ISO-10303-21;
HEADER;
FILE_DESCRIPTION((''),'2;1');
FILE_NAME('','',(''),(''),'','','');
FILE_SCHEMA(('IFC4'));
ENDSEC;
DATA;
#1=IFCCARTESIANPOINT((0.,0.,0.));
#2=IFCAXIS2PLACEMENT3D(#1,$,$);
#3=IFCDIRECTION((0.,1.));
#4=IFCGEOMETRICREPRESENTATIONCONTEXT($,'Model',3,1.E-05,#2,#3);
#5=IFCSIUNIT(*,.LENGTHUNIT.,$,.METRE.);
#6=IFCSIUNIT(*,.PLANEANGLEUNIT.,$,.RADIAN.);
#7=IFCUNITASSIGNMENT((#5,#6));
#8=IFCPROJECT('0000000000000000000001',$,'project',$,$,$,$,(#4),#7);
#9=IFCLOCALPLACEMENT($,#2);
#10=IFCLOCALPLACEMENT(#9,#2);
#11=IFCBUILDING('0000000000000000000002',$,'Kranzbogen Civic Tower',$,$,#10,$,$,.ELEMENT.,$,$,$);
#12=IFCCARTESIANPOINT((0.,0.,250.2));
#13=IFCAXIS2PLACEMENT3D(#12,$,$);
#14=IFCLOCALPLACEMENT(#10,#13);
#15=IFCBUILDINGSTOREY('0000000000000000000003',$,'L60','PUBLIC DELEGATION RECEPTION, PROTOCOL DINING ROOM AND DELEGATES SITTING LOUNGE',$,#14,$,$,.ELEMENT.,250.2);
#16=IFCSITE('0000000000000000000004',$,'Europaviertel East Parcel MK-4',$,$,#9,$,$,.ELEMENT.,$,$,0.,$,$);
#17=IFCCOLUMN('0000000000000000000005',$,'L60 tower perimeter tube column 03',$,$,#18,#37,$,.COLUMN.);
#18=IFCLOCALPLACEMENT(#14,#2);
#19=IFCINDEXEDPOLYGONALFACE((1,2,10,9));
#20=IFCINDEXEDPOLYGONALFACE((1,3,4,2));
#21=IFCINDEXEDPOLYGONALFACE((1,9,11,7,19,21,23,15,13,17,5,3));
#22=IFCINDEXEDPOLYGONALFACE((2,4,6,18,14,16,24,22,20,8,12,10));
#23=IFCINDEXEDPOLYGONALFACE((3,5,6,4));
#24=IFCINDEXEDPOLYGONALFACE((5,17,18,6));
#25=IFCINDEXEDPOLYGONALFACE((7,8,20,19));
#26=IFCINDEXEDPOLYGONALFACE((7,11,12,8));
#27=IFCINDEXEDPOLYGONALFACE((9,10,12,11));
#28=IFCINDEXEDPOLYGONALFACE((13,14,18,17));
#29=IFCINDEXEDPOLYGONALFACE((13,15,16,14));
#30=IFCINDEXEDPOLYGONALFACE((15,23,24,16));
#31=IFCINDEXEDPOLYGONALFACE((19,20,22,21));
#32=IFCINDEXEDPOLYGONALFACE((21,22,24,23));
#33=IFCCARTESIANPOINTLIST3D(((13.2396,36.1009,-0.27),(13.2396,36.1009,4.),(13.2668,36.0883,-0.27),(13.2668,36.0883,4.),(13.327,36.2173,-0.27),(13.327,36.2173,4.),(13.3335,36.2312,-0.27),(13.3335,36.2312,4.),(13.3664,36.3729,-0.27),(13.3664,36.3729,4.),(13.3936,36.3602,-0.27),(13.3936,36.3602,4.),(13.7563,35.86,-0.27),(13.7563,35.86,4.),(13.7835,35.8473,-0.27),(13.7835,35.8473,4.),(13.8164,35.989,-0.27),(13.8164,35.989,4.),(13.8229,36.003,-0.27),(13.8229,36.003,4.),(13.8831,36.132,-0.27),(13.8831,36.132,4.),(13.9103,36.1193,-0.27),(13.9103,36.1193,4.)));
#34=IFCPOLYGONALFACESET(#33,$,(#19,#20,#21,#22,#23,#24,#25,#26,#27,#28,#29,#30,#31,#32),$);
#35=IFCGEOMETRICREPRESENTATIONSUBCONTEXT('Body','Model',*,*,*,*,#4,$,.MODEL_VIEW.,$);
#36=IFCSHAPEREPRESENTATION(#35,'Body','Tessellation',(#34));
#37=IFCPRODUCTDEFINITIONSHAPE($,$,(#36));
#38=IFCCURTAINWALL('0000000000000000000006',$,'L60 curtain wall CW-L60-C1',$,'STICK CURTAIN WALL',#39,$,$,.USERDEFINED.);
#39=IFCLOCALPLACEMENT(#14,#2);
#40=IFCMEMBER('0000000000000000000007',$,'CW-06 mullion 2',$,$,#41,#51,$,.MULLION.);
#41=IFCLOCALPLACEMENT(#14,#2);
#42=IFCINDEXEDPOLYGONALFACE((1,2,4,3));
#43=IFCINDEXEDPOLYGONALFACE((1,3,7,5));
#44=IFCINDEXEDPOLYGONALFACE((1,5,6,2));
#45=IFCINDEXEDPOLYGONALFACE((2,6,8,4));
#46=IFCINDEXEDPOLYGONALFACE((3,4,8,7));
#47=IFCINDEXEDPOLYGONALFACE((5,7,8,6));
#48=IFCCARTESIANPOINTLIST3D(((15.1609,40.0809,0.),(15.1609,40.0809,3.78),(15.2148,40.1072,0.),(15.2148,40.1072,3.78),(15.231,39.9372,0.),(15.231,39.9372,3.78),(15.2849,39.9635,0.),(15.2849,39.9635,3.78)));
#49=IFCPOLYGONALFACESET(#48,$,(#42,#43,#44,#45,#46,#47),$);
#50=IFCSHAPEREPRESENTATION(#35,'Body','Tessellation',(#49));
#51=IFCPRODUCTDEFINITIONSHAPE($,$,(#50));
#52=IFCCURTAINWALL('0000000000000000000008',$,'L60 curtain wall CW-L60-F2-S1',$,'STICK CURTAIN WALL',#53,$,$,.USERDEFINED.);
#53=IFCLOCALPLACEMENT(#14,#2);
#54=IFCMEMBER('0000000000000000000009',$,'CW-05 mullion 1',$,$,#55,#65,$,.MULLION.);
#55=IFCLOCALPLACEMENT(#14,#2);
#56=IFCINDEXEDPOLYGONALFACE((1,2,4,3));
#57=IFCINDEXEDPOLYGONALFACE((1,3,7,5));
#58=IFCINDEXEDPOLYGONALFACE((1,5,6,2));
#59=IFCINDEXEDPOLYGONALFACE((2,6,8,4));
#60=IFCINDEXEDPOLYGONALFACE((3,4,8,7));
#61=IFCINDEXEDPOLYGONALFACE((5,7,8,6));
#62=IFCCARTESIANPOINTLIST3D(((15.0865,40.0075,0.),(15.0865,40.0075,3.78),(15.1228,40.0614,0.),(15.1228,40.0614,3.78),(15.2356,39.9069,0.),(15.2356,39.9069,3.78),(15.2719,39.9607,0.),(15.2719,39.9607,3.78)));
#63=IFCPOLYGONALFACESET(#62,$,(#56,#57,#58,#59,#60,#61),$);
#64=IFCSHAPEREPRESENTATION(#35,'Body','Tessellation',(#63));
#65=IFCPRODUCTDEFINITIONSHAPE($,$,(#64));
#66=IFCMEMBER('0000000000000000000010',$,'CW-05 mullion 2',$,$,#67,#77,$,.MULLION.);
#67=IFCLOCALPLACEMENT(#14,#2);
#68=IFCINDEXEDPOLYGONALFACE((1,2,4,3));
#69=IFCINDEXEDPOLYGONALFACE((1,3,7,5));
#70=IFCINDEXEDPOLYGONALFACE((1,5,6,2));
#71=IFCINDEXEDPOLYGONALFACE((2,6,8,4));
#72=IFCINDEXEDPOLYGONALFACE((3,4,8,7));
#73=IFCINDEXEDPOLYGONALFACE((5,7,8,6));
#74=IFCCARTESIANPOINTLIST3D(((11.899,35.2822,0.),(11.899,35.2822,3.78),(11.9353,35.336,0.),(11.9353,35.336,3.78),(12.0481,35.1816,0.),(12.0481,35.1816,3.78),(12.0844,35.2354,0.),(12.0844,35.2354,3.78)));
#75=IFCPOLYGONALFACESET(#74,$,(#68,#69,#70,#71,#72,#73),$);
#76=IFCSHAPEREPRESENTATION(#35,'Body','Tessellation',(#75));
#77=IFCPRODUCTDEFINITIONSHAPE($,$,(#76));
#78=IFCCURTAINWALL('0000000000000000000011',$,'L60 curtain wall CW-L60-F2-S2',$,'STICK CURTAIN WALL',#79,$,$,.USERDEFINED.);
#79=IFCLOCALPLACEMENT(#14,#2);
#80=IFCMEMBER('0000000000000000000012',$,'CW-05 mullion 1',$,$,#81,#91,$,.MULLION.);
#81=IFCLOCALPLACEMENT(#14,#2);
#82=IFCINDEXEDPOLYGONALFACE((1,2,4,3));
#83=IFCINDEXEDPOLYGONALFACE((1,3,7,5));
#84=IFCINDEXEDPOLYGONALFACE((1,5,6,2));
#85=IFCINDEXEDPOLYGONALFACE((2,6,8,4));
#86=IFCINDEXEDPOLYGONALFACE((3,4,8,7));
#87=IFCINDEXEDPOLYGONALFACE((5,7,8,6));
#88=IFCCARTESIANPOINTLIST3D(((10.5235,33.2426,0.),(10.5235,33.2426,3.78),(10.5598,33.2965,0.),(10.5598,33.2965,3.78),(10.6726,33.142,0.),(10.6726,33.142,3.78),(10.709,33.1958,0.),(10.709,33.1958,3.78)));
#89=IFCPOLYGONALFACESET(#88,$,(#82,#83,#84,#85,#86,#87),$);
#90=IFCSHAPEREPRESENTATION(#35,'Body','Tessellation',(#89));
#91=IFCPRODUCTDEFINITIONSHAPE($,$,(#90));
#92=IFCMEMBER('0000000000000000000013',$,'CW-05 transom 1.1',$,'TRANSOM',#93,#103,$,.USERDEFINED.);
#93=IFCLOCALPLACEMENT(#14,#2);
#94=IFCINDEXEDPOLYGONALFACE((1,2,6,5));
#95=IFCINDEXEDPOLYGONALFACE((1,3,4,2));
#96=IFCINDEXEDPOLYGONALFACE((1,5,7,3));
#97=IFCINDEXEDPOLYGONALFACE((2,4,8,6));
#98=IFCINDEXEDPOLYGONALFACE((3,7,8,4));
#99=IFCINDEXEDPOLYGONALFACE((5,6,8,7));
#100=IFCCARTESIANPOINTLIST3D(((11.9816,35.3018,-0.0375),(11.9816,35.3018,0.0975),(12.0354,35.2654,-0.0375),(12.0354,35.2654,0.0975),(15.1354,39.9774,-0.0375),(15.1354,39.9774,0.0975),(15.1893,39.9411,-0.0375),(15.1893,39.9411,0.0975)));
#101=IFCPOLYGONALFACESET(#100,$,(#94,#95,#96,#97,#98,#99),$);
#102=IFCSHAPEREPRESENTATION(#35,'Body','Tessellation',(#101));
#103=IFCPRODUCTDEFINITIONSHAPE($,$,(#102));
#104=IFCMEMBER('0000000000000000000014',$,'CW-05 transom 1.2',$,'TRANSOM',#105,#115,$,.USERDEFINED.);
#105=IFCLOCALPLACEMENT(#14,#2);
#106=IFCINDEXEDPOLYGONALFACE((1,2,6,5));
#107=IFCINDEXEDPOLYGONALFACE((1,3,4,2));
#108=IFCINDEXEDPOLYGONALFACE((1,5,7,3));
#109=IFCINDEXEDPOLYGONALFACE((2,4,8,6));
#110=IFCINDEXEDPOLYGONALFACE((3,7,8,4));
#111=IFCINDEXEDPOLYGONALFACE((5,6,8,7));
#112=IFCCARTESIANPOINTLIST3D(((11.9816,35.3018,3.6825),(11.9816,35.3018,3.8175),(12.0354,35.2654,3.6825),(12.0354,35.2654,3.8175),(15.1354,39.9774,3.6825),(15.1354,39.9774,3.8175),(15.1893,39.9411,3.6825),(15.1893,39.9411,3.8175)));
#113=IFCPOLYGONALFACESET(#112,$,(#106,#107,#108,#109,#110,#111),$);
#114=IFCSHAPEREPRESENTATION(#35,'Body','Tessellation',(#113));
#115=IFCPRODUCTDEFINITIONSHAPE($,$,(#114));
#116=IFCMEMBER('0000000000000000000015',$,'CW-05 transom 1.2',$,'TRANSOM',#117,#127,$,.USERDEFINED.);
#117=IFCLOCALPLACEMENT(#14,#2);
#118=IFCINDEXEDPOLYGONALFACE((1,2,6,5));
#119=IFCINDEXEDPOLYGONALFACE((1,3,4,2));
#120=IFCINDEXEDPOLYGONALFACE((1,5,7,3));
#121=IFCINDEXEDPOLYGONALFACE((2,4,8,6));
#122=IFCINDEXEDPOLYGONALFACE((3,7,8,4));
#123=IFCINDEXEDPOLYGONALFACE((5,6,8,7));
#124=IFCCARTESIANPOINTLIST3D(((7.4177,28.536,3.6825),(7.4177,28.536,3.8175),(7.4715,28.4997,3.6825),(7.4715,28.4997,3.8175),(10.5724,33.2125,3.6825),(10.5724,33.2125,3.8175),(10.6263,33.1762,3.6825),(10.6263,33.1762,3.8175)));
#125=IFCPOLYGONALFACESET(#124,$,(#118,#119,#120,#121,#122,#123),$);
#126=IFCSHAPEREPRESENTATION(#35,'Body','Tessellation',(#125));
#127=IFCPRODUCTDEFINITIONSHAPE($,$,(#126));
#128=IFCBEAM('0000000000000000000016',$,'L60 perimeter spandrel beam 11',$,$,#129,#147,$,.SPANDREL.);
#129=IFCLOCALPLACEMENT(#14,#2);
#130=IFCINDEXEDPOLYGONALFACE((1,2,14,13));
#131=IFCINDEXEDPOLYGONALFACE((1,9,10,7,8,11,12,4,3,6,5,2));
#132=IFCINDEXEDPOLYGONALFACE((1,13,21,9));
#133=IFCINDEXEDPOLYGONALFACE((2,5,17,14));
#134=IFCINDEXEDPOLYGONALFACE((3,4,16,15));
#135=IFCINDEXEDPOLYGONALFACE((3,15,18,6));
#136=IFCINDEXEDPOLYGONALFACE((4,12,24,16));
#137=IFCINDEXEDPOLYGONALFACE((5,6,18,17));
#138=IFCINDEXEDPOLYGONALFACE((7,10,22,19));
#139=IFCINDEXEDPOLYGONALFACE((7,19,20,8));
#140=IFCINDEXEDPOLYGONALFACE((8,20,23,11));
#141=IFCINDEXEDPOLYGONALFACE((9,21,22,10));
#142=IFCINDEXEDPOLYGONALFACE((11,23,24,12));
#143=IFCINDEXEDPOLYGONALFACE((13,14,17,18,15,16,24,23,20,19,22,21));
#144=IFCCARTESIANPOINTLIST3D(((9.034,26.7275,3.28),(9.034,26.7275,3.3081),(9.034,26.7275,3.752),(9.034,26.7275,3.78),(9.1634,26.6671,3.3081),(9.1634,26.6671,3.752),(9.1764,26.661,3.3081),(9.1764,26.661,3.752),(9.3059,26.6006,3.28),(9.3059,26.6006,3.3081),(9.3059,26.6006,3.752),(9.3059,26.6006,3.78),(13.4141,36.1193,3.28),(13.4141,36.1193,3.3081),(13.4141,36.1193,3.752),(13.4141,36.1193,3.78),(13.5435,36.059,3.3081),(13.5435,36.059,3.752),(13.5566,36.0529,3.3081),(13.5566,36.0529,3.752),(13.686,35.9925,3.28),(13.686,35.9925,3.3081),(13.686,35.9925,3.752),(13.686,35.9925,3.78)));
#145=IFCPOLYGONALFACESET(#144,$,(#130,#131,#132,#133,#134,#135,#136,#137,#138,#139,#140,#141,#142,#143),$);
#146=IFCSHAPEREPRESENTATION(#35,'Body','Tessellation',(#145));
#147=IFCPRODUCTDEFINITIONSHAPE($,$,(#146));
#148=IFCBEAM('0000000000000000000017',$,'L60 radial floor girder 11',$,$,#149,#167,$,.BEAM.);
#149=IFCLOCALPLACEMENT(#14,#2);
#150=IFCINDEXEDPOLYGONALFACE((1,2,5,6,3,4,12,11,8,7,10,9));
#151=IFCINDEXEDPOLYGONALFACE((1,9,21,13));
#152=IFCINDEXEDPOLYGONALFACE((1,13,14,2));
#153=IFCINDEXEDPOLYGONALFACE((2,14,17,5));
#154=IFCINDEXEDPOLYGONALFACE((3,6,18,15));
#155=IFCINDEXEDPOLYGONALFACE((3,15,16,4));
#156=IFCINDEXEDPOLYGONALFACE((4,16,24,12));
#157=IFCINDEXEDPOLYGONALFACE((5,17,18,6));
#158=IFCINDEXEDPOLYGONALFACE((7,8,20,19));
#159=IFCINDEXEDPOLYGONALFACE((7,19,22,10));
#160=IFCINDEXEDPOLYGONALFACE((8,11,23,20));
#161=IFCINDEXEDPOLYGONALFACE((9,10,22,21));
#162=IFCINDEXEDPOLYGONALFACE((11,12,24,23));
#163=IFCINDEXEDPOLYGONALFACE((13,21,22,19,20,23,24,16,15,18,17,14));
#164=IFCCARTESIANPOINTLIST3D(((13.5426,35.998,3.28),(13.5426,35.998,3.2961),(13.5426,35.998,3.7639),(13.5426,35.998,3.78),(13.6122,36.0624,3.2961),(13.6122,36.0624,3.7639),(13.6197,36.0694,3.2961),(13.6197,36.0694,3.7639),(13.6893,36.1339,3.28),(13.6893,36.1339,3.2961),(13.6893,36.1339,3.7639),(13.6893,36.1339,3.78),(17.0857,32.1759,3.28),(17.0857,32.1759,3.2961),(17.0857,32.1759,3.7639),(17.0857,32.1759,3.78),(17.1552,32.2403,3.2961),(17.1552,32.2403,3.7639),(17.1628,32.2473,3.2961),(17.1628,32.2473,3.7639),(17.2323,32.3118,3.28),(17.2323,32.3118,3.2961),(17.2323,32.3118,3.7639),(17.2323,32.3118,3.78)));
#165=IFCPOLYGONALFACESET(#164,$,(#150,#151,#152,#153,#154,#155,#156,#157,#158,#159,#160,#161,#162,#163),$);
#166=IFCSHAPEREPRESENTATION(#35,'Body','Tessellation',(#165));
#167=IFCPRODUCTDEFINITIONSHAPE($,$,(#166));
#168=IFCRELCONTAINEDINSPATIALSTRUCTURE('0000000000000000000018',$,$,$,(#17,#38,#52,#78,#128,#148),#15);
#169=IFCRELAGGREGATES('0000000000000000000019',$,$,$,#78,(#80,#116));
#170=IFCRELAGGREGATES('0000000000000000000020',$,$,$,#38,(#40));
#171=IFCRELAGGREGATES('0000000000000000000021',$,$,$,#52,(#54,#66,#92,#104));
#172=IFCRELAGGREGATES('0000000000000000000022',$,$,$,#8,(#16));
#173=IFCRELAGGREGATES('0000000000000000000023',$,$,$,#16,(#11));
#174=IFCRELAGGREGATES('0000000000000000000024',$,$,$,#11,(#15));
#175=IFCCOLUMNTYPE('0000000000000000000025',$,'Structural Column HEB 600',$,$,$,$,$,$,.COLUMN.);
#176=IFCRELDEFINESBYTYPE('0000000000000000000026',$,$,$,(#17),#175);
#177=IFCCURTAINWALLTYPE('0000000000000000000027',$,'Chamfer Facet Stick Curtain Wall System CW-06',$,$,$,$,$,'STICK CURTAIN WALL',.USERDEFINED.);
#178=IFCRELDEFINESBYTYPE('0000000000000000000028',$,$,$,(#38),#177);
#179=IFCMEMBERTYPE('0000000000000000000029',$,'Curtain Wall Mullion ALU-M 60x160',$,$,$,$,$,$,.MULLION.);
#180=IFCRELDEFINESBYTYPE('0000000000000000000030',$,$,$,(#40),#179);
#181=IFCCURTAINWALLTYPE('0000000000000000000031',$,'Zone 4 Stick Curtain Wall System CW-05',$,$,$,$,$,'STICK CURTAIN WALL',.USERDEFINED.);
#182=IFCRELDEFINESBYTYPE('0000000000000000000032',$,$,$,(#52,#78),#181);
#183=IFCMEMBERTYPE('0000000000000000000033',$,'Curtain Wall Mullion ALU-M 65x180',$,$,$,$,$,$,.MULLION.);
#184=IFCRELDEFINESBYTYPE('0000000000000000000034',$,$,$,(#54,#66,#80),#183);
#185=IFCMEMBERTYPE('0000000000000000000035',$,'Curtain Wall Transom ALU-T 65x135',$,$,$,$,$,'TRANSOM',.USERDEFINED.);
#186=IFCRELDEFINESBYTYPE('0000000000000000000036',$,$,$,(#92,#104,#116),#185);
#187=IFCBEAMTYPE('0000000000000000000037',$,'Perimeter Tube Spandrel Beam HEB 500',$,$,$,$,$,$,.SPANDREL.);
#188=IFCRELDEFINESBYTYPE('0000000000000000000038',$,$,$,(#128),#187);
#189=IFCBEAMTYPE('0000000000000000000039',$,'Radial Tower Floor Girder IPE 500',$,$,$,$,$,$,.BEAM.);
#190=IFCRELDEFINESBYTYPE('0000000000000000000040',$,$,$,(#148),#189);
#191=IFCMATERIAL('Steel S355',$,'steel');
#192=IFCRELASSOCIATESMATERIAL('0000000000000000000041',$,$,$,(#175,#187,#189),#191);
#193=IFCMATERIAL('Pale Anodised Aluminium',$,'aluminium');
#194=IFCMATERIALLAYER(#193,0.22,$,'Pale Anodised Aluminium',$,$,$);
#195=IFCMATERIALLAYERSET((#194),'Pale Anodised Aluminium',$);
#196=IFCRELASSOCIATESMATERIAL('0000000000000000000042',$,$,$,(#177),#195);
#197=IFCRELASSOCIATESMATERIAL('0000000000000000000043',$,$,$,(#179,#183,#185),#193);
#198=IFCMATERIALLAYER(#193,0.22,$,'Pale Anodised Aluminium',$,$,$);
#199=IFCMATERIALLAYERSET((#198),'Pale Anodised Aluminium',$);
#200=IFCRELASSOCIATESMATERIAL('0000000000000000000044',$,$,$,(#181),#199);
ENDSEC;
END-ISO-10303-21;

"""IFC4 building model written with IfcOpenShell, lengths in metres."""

from ifc_helpers import new_model, si_unit, direction, frame, origin, origin_2d, place, context, subcontext, project, spatial, rectangle, i_section, extrude, material, layer, layer_set, material_profile, profile_set, type_object, element, aggregate, save


model = new_model("IFC4")

# Units and contexts
model_context = context("Model", 3, precision=1e-05, world=origin(), true_north=direction((0.0, 1.0)))
body_context = subcontext(model_context, "Body", "Model", "MODEL_VIEW")
ifc_project = project(units=[si_unit("LENGTHUNIT", "METRE"), si_unit("PLANEANGLEUNIT", "RADIAN")], contexts=[model_context])

# Site, building, storey
site_placement = place(None, origin())
site = spatial("IfcSite", under=ifc_project, at=site_placement, Name="Europaviertel East Parcel MK-4", CompositionType="ELEMENT", RefElevation=0.0)
building_placement = place(site_placement, origin())
building = spatial("IfcBuilding", under=site, at=building_placement, Name="Kranzbogen Civic Tower", CompositionType="ELEMENT")
storey_placement = place(building_placement, frame((0.0, 0.0, 250.2)))
storey = spatial("IfcBuildingStorey", under=building, at=storey_placement, Name="L60", Description="PUBLIC DELEGATION RECEPTION, PROTOCOL DINING ROOM AND DELEGATES SITTING LOUNGE", CompositionType="ELEMENT", Elevation=250.2)

# Column
ifc_material_1 = material(Name="Steel S355", Category="steel")
ifc_material_profile_1 = material_profile(ifc_material_1, i_section(OverallWidth=0.3, OverallDepth=0.6001, WebThickness=0.0154, FlangeThickness=0.03, at=origin_2d()), Name="HEB 600")
ifc_profile_set_1 = profile_set([ifc_material_profile_1], Name="Steel S355")
column_type = type_object("IfcColumnType", Name="Structural Column HEB 600", PredefinedType="COLUMN", material=ifc_profile_set_1)
column_placement = place(storey_placement, frame((13.575, 36.1101, -0.27), z_axis=(0.0, 0.0, 1.0), x_axis=(0.422618, 0.906308, 0.0)))
element("IfcColumn", 1, at=column_placement, inside=storey, type_object=column_type, Name="L60 tower perimeter tube column 03", PredefinedType="COLUMN", context=body_context, shape_type="SweptSolid", body=[
    extrude(i_section(OverallWidth=0.3, OverallDepth=0.6001, WebThickness=0.0154, FlangeThickness=0.03, at=origin_2d()), origin(), (0.0, 0.0, 1.0), 4.27),
])

# Curtain wall, member
ifc_material_2 = material(Name="Pale Anodised Aluminium", Category="aluminium")
ifc_layer_1 = layer(ifc_material_2, 0.22, Name="Pale Anodised Aluminium")
ifc_layer_set_1 = layer_set([ifc_layer_1], Name="Pale Anodised Aluminium")
curtain_wall_type_1 = type_object("IfcCurtainWallType", Name="Chamfer Facet Stick Curtain Wall System CW-06", ElementType="STICK CURTAIN WALL", PredefinedType="USERDEFINED", material=ifc_layer_set_1)
curtain_wall_1_placement = place(storey_placement, origin())
curtain_wall_1 = element("IfcCurtainWall", 2, at=curtain_wall_1_placement, inside=storey, type_object=curtain_wall_type_1, Name="L60 curtain wall CW-L60-C1", ObjectType="STICK CURTAIN WALL", PredefinedType="USERDEFINED")
ifc_material_profile_2 = material_profile(ifc_material_2, rectangle(XDim=0.0601, YDim=0.1599, at=origin_2d()), Name="ALU-M 60x160")
ifc_profile_set_2 = profile_set([ifc_material_profile_2], Name="Pale Anodised Aluminium")
member_type_1 = type_object("IfcMemberType", Name="Curtain Wall Mullion ALU-M 60x160", PredefinedType="MULLION", material=ifc_profile_set_2)
member_1_placement = place(storey_placement, frame((15.2229, 40.0222, 0.0), z_axis=(0.0, 0.0, 1.0), x_axis=(-0.89873, -0.438503, 0.0)))
member_1 = element("IfcMember", 3, at=member_1_placement, type_object=member_type_1, Name="CW-06 mullion 2", PredefinedType="MULLION", context=body_context, shape_type="SweptSolid", body=[
    extrude(rectangle(XDim=0.0601, YDim=0.1599, at=origin_2d()), origin(), (0.0, 0.0, 1.0), 3.78),
])

# Curtain wall, members
ifc_layer_2 = layer(ifc_material_2, 0.22, Name="Pale Anodised Aluminium")
ifc_layer_set_2 = layer_set([ifc_layer_2], Name="Pale Anodised Aluminium")
curtain_wall_type_2 = type_object("IfcCurtainWallType", Name="Zone 4 Stick Curtain Wall System CW-05", ElementType="STICK CURTAIN WALL", PredefinedType="USERDEFINED", material=ifc_layer_set_2)
curtain_wall_2_placement = place(storey_placement, origin())
curtain_wall_2 = element("IfcCurtainWall", 4, at=curtain_wall_2_placement, inside=storey, type_object=curtain_wall_type_2, Name="L60 curtain wall CW-L60-F2-S1", ObjectType="STICK CURTAIN WALL", PredefinedType="USERDEFINED")
ifc_material_profile_3 = material_profile(ifc_material_2, rectangle(XDim=0.0649, YDim=0.1799, at=origin_2d()), Name="ALU-M 65x180")
ifc_profile_set_3 = profile_set([ifc_material_profile_3], Name="Pale Anodised Aluminium")
member_type_2 = type_object("IfcMemberType", Name="Curtain Wall Mullion ALU-M 65x180", PredefinedType="MULLION", material=ifc_profile_set_3)
member_2_placement = place(storey_placement, frame((15.1792, 39.9841, 0.0), z_axis=(0.0, 0.0, 1.0), x_axis=(-0.559219, -0.82902, 0.0)))
member_2 = element("IfcMember", 5, at=member_2_placement, type_object=member_type_2, Name="CW-05 mullion 1", PredefinedType="MULLION", context=body_context, shape_type="SweptSolid", body=[
    extrude(rectangle(XDim=0.0649, YDim=0.1799, at=origin_2d()), origin(), (0.0, 0.0, 1.0), 3.78),
])
member_3_placement = place(storey_placement, frame((11.9917, 35.2588, 0.0), z_axis=(0.0, 0.0, 1.0), x_axis=(-0.559219, -0.82902, 0.0)))
member_3 = element("IfcMember", 6, at=member_3_placement, type_object=member_type_2, Name="CW-05 mullion 2", PredefinedType="MULLION", context=body_context, shape_type="SweptSolid", body=[
    extrude(rectangle(XDim=0.0649, YDim=0.1799, at=origin_2d()), origin(), (0.0, 0.0, 1.0), 3.78),
])

# Curtain wall, member
curtain_wall_3_placement = place(storey_placement, origin())
curtain_wall_3 = element("IfcCurtainWall", 7, at=curtain_wall_3_placement, inside=storey, type_object=curtain_wall_type_2, Name="L60 curtain wall CW-L60-F2-S2", ObjectType="STICK CURTAIN WALL", PredefinedType="USERDEFINED")
member_4_placement = place(storey_placement, frame((10.6162, 33.2192, 0.0), z_axis=(0.0, 0.0, 1.0), x_axis=(-0.559258, -0.828994, 0.0)))
member_4 = element("IfcMember", 8, at=member_4_placement, type_object=member_type_2, Name="CW-05 mullion 1", PredefinedType="MULLION", context=body_context, shape_type="SweptSolid", body=[
    extrude(rectangle(XDim=0.0649, YDim=0.1799, at=origin_2d()), origin(), (0.0, 0.0, 1.0), 3.78),
])

# Members
ifc_material_profile_4 = material_profile(ifc_material_2, rectangle(XDim=0.0649, YDim=0.135, at=origin_2d()), Name="ALU-T 65x135")
ifc_profile_set_4 = profile_set([ifc_material_profile_4], Name="Pale Anodised Aluminium")
member_type_3 = type_object("IfcMemberType", Name="Curtain Wall Transom ALU-T 65x135", ElementType="TRANSOM", PredefinedType="USERDEFINED", material=ifc_profile_set_4)
member_5_placement = place(storey_placement, frame((15.1624, 39.9592, 0.03), z_axis=(-0.559207, -0.829028, 0.0), x_axis=(0.829028, -0.559207, 0.0)))
member_5 = element("IfcMember", 9, at=member_5_placement, type_object=member_type_3, Name="CW-05 transom 1.1", ObjectType="TRANSOM", PredefinedType="USERDEFINED", context=body_context, shape_type="SweptSolid", body=[
    extrude(rectangle(XDim=0.0649, YDim=0.135, at=origin_2d()), origin(), (0.0, 0.0, 1.0), 5.6399),
])
member_6_placement = place(storey_placement, frame((15.1624, 39.9592, 3.75), z_axis=(-0.559207, -0.829028, 0.0), x_axis=(0.829028, -0.559207, 0.0)))
member_6 = element("IfcMember", 10, at=member_6_placement, type_object=member_type_3, Name="CW-05 transom 1.2", ObjectType="TRANSOM", PredefinedType="USERDEFINED", context=body_context, shape_type="SweptSolid", body=[
    extrude(rectangle(XDim=0.0649, YDim=0.135, at=origin_2d()), origin(), (0.0, 0.0, 1.0), 5.6399),
])
member_7_placement = place(storey_placement, frame((10.5994, 33.1943, 3.75), z_axis=(-0.559246, -0.829002, 0.0), x_axis=(0.829002, -0.559246, 0.0)))
member_7 = element("IfcMember", 11, at=member_7_placement, type_object=member_type_3, Name="CW-05 transom 1.2", ObjectType="TRANSOM", PredefinedType="USERDEFINED", context=body_context, shape_type="SweptSolid", body=[
    extrude(rectangle(XDim=0.0649, YDim=0.135, at=origin_2d()), origin(), (0.0, 0.0, 1.0), 5.6411),
])
aggregate(curtain_wall_3, [member_4, member_7])

# Beams
ifc_material_profile_5 = material_profile(ifc_material_1, i_section(OverallWidth=0.3, OverallDepth=0.5, WebThickness=0.0144, FlangeThickness=0.0281, at=origin_2d()), Name="HEB 500")
ifc_profile_set_5 = profile_set([ifc_material_profile_5], Name="Steel S355")
beam_type_1 = type_object("IfcBeamType", Name="Perimeter Tube Spandrel Beam HEB 500", PredefinedType="SPANDREL", material=ifc_profile_set_5)
beam_1_placement = place(storey_placement, frame((13.55, 36.0559, 3.53), z_axis=(-0.422669, -0.906284, 0.0), x_axis=(0.906284, -0.422669, 0.0)))
element("IfcBeam", 12, at=beam_1_placement, inside=storey, type_object=beam_type_1, Name="L60 perimeter spandrel beam 11", PredefinedType="SPANDREL", context=body_context, shape_type="SweptSolid", body=[
    extrude(i_section(OverallWidth=0.3, OverallDepth=0.5, WebThickness=0.0144, FlangeThickness=0.0281, at=origin_2d()), origin(), (0.0, 0.0, 1.0), 10.363),
])
ifc_material_profile_6 = material_profile(ifc_material_1, i_section(OverallWidth=0.2, OverallDepth=0.5, WebThickness=0.0103, FlangeThickness=0.0161, at=origin_2d()), Name="IPE 500")
ifc_profile_set_6 = profile_set([ifc_material_profile_6], Name="Steel S355")
beam_type_2 = type_object("IfcBeamType", Name="Radial Tower Floor Girder IPE 500", PredefinedType="BEAM", material=ifc_profile_set_6)
beam_2_placement = place(storey_placement, frame((13.616, 36.0659, 3.53), z_axis=(0.679827, -0.733372, 0.0), x_axis=(0.733372, 0.679827, 0.0)))
element("IfcBeam", 13, at=beam_2_placement, inside=storey, type_object=beam_type_2, Name="L60 radial floor girder 11", PredefinedType="BEAM", context=body_context, shape_type="SweptSolid", body=[
    extrude(i_section(OverallWidth=0.2, OverallDepth=0.5, WebThickness=0.0103, FlangeThickness=0.0161, at=origin_2d()), origin(), (0.0, 0.0, 1.0), 5.2117),
])

aggregate(curtain_wall_1, [member_1])
aggregate(curtain_wall_2, [member_2, member_3, member_5, member_6])

save(model, "model.ifc")
